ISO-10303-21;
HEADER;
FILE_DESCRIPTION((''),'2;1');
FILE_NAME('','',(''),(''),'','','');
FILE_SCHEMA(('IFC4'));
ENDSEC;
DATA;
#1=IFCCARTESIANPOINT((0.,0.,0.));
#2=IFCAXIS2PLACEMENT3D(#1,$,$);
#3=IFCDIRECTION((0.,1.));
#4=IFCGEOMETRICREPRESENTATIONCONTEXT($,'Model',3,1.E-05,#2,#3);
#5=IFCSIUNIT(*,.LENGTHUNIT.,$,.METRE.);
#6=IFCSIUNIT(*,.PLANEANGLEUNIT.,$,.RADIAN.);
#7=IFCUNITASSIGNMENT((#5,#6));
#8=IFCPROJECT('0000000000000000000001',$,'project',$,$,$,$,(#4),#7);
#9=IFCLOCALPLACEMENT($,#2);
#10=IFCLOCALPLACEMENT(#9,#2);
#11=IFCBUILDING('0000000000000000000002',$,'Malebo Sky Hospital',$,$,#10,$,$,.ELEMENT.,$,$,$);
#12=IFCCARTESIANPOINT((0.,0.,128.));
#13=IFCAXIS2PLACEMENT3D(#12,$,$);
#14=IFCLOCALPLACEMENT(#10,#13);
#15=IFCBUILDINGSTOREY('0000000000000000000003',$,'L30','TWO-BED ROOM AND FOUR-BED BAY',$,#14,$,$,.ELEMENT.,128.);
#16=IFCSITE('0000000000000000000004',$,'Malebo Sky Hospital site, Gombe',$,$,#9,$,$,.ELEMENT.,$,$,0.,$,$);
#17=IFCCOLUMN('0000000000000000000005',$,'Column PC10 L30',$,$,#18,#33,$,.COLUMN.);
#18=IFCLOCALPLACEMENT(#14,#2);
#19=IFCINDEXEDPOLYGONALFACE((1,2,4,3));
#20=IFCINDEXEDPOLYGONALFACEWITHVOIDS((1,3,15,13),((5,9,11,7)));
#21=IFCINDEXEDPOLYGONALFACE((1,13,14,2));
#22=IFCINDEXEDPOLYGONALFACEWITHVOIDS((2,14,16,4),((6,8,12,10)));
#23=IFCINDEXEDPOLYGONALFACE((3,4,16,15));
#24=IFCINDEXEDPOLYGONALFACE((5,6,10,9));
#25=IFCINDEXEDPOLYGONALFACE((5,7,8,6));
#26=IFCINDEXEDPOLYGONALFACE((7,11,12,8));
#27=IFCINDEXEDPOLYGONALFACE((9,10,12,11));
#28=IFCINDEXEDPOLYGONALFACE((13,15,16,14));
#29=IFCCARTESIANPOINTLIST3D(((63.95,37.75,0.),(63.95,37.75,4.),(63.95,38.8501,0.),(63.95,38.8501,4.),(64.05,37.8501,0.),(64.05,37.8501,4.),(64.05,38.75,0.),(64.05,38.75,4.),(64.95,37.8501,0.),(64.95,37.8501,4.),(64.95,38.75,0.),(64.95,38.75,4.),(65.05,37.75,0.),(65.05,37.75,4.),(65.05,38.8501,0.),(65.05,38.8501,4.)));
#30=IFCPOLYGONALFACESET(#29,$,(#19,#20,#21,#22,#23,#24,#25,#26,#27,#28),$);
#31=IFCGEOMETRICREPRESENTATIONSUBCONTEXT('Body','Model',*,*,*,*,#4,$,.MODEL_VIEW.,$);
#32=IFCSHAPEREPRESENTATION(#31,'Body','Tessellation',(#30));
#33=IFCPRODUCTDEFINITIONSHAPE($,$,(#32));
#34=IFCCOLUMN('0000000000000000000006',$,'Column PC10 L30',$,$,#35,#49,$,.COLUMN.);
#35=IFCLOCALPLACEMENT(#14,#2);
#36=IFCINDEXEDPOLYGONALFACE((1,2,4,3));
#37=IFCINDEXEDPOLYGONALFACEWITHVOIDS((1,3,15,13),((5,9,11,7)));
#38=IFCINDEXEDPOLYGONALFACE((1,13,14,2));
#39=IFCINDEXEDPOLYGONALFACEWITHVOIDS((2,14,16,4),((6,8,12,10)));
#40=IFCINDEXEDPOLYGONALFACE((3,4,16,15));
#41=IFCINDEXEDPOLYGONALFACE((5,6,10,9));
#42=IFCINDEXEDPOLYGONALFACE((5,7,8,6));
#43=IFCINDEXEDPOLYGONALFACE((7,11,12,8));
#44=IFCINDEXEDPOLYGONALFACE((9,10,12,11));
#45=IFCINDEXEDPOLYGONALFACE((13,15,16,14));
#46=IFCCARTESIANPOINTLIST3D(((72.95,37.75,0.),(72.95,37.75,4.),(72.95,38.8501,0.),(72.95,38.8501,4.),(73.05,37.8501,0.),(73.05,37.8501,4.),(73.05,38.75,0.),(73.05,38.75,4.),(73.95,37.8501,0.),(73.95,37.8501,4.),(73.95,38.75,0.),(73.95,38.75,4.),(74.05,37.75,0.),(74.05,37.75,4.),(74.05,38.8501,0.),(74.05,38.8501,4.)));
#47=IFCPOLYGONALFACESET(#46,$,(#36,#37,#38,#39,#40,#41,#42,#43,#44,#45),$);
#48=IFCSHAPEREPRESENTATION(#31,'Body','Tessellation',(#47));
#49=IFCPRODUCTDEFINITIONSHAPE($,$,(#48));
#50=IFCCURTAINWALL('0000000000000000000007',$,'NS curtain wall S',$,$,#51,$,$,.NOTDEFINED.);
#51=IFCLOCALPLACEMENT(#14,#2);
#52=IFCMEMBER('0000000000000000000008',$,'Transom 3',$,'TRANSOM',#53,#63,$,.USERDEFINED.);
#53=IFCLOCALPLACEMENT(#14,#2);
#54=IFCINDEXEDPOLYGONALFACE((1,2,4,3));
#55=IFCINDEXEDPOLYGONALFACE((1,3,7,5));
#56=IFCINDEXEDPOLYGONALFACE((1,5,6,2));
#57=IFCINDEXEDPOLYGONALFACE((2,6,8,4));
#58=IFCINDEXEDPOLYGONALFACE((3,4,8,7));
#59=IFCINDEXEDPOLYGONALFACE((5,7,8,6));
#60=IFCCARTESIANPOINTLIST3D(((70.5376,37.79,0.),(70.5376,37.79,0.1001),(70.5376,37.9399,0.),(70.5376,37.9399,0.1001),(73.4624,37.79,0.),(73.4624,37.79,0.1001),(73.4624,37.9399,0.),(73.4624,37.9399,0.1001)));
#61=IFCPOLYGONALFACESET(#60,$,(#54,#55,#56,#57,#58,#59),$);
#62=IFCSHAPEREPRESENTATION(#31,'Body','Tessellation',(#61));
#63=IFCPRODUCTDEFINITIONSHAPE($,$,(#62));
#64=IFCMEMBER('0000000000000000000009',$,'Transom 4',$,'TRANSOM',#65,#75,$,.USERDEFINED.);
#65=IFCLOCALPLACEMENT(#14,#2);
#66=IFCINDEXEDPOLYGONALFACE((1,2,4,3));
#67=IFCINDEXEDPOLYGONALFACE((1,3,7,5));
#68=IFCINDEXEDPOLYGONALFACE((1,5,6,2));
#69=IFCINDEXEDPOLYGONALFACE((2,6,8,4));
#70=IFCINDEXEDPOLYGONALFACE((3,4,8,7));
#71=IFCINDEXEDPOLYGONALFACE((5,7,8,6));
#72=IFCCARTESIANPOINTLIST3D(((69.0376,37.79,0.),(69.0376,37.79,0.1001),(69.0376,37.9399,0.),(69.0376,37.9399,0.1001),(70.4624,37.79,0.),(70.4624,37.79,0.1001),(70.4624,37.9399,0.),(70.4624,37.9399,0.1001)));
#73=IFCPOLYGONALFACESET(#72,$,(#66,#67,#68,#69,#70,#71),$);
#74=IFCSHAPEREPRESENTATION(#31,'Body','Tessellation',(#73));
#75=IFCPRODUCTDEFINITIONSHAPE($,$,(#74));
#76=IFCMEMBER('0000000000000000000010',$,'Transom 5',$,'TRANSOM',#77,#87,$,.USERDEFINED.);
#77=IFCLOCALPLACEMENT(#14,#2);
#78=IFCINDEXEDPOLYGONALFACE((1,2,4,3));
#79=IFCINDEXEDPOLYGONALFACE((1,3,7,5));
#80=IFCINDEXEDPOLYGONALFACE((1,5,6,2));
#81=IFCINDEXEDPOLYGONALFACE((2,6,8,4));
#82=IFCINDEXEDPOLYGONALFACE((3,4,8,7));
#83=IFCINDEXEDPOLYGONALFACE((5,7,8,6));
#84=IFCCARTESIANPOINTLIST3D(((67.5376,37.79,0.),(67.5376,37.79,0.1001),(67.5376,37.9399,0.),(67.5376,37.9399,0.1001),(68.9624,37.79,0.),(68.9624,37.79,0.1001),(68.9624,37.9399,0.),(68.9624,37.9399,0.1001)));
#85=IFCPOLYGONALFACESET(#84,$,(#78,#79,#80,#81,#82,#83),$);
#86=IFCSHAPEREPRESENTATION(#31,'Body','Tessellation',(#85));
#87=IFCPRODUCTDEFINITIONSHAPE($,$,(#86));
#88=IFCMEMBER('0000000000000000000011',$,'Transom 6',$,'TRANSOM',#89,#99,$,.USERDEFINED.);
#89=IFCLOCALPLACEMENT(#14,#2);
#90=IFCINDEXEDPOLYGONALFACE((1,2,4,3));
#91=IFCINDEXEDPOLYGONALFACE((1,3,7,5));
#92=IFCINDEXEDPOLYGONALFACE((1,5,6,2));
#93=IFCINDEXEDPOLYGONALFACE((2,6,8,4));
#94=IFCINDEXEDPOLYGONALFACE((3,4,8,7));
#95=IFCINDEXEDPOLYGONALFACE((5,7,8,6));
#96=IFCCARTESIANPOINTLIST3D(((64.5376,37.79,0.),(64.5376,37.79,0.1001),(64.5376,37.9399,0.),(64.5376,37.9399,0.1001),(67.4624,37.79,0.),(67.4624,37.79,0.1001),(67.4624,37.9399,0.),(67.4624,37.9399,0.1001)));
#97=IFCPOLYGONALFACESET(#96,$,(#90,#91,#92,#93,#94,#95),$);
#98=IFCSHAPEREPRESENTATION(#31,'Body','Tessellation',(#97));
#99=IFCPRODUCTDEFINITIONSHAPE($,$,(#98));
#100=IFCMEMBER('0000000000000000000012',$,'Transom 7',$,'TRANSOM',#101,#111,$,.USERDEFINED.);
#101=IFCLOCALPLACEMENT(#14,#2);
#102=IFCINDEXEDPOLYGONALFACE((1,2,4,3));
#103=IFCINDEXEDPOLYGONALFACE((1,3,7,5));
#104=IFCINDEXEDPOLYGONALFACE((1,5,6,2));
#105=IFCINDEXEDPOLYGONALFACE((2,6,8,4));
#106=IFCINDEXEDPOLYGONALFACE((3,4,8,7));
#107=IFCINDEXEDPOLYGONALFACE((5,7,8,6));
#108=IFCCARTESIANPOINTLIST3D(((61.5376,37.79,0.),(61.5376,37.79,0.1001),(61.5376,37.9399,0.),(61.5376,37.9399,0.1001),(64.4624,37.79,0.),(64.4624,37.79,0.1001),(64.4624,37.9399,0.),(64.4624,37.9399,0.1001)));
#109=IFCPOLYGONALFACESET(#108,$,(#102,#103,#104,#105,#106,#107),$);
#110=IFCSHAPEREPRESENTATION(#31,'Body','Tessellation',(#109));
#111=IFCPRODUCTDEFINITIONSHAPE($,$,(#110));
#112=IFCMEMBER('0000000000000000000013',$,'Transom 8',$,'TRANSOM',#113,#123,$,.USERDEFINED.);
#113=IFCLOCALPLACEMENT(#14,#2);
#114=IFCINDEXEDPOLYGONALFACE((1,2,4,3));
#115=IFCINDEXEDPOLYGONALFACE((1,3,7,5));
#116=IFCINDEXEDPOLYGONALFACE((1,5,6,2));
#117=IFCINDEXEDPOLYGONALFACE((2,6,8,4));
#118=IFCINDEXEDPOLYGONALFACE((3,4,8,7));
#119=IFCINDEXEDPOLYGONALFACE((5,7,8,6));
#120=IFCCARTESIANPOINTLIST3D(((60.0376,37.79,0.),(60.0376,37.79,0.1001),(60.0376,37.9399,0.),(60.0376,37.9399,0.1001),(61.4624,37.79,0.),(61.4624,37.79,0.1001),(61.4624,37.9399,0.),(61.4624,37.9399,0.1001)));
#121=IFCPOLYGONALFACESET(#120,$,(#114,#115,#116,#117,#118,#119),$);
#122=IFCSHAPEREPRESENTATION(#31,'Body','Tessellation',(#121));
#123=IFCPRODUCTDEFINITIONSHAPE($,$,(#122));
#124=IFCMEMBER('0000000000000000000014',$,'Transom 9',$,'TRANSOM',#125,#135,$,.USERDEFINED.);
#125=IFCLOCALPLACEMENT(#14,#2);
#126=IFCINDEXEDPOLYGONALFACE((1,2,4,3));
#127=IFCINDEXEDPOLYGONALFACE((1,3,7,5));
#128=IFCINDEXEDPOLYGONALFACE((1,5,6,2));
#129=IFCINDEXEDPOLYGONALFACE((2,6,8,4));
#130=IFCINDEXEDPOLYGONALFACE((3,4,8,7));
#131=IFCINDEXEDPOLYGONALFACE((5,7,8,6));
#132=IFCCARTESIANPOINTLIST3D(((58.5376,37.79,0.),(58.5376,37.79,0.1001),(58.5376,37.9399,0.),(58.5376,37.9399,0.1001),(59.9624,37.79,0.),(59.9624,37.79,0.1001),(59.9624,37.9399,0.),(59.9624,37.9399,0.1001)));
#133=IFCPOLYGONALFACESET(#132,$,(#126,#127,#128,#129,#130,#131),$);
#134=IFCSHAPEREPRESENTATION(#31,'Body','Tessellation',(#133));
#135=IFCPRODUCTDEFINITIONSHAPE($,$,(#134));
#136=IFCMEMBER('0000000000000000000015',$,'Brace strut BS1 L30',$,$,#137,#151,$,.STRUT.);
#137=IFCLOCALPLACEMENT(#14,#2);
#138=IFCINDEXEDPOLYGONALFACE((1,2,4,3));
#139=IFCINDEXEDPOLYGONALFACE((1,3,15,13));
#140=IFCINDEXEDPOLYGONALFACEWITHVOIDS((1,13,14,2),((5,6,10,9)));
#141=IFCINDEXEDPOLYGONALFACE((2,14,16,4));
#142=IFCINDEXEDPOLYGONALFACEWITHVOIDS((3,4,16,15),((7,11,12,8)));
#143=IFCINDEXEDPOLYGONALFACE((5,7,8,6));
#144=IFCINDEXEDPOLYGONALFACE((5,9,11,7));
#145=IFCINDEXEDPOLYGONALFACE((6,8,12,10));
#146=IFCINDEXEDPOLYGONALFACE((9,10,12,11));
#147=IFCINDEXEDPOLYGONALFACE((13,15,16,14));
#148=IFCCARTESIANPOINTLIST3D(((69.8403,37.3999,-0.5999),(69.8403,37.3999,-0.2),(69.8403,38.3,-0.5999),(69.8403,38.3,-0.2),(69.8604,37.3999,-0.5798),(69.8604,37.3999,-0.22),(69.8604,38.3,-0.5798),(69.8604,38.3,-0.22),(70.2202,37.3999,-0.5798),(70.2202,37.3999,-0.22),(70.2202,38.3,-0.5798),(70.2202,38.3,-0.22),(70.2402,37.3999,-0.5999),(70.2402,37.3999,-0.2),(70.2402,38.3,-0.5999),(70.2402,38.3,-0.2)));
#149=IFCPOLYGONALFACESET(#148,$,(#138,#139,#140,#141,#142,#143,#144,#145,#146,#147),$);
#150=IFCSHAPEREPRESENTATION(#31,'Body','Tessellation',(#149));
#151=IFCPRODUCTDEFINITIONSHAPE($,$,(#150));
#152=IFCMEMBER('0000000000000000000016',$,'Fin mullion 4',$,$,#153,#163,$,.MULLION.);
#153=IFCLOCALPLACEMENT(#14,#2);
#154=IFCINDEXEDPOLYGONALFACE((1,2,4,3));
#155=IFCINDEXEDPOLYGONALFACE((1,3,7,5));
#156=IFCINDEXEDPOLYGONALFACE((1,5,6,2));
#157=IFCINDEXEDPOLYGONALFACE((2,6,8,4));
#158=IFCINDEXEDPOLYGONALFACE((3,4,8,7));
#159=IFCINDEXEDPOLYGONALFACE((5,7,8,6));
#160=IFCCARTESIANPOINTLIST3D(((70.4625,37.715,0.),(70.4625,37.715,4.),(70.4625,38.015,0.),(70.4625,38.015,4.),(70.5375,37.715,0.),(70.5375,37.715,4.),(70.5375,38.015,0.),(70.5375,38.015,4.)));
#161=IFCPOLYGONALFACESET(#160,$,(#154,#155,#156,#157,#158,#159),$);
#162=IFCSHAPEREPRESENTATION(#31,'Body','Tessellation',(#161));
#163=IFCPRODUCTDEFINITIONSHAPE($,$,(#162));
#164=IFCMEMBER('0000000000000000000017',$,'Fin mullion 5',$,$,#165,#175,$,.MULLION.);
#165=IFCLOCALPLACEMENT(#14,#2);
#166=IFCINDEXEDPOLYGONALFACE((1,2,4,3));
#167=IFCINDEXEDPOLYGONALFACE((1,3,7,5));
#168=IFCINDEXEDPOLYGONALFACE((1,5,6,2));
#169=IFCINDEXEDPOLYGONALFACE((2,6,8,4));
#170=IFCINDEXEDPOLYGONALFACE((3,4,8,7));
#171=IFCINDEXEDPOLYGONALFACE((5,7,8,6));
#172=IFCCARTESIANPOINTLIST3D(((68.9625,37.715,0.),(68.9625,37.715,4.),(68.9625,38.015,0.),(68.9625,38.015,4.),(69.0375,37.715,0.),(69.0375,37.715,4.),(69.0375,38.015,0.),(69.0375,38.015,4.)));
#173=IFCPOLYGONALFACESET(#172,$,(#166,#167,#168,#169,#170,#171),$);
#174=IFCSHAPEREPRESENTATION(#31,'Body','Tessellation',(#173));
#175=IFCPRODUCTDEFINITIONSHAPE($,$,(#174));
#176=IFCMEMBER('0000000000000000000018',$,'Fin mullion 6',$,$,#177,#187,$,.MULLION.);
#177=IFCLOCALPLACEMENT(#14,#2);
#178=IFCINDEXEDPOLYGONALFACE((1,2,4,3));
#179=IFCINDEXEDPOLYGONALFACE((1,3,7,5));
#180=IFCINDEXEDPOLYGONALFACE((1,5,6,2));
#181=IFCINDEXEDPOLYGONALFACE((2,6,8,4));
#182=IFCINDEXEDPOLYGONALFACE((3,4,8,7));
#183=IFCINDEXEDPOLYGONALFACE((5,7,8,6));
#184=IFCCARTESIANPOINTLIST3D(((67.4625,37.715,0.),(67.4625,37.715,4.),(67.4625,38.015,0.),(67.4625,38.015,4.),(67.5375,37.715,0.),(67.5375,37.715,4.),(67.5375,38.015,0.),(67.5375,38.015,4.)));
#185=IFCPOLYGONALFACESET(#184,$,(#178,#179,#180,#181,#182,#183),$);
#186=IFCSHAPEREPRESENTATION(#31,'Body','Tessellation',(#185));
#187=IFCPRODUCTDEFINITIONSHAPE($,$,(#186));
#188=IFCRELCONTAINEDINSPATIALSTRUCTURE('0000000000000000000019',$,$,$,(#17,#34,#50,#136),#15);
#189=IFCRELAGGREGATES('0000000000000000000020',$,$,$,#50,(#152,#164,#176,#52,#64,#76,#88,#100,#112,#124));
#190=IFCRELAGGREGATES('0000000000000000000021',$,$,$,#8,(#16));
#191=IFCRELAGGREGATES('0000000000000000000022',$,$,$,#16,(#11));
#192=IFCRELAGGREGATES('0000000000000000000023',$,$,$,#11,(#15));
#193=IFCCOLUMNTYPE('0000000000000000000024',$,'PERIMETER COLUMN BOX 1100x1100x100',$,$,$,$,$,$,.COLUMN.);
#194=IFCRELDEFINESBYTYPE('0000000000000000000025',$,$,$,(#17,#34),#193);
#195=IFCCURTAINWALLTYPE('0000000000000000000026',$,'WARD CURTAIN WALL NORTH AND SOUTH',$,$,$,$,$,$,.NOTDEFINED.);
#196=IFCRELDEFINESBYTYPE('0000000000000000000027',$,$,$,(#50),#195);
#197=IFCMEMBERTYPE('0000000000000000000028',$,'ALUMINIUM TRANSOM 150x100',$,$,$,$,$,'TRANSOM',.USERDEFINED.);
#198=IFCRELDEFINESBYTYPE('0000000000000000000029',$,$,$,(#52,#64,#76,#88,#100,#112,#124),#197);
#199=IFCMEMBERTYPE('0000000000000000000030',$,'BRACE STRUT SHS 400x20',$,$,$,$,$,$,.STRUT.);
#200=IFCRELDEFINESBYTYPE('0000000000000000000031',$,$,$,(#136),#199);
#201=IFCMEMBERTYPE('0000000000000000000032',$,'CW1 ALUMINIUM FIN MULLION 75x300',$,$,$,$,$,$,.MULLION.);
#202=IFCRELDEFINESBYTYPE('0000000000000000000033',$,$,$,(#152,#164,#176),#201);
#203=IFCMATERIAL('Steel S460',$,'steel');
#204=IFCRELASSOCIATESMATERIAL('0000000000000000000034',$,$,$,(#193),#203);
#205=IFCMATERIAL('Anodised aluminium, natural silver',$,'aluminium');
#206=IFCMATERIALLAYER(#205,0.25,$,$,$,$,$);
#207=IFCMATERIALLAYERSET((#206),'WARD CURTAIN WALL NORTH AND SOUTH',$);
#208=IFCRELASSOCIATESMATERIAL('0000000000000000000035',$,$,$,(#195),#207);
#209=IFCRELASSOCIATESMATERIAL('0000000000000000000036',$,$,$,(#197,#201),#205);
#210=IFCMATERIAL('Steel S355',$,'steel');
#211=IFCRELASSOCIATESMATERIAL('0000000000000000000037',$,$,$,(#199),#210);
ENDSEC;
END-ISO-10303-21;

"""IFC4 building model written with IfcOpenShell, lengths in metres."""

from ifc_helpers import new_model, si_unit, direction, frame, origin, origin_2d, place, context, subcontext, project, spatial, rectangle, hollow_rectangle, extrude, material, layer, layer_set, material_profile, profile_set, type_object, element, aggregate, save


model = new_model("IFC4")

# Units and contexts
model_context = context("Model", 3, precision=1e-05, world=origin(), true_north=direction((0.0, 1.0)))
body_context = subcontext(model_context, "Body", "Model", "MODEL_VIEW")
ifc_project = project(units=[si_unit("LENGTHUNIT", "METRE"), si_unit("PLANEANGLEUNIT", "RADIAN")], contexts=[model_context])

# Site, building, storey
site_placement = place(None, origin())
site = spatial("IfcSite", under=ifc_project, at=site_placement, Name="Malebo Sky Hospital site, Gombe", CompositionType="ELEMENT", RefElevation=0.0)
building_placement = place(site_placement, origin())
building = spatial("IfcBuilding", under=site, at=building_placement, Name="Malebo Sky Hospital", CompositionType="ELEMENT")
storey_placement = place(building_placement, frame((0.0, 0.0, 128.0)))
storey = spatial("IfcBuildingStorey", under=building, at=storey_placement, Name="L30", Description="TWO-BED ROOM AND FOUR-BED BAY", CompositionType="ELEMENT", Elevation=128.0)

# Columns
ifc_material_1 = material(Name="Steel S460", Category="steel")
ifc_material_profile_1 = material_profile(ifc_material_1, hollow_rectangle(XDim=1.1001, YDim=1.1001, WallThickness=0.1001, at=origin_2d()), Name="BOX 1100x1100x100")
ifc_profile_set_1 = profile_set([ifc_material_profile_1], Name="Steel S460")
column_type = type_object("IfcColumnType", Name="PERIMETER COLUMN BOX 1100x1100x100", PredefinedType="COLUMN", material=ifc_profile_set_1)
for number, where, z_axis, x_axis, name in (
    (1, (64.5, 38.3, 0.0), (0.0, 0.0, 1.0), (1.0, 0.0, 0.0), "Column PC10 L30"),
    (2, (73.5, 38.3, 0.0), (0.0, 0.0, 1.0), (1.0, 0.0, 0.0), "Column PC10 L30"),
):
    element("IfcColumn", number, at=place(storey_placement, frame(where, z_axis=z_axis, x_axis=x_axis)), inside=storey, type_object=column_type, Name=name, PredefinedType="COLUMN", context=body_context, shape_type="SweptSolid", body=[
        extrude(hollow_rectangle(XDim=1.1001, YDim=1.1001, WallThickness=0.1001, at=origin_2d()), origin(), (0.0, 0.0, 1.0), 4.0),
    ])

# Curtain wall, members
ifc_material_2 = material(Name="Anodised aluminium, natural silver", Category="aluminium")
ifc_layer_1 = layer(ifc_material_2, 0.25)
ifc_layer_set_1 = layer_set([ifc_layer_1], Name="WARD CURTAIN WALL NORTH AND SOUTH")
curtain_wall_type = type_object("IfcCurtainWallType", Name="WARD CURTAIN WALL NORTH AND SOUTH", PredefinedType="NOTDEFINED", material=ifc_layer_set_1)
curtain_wall_placement = place(storey_placement, origin())
curtain_wall = element("IfcCurtainWall", 3, at=curtain_wall_placement, inside=storey, type_object=curtain_wall_type, Name="NS curtain wall S", PredefinedType="NOTDEFINED")
ifc_material_profile_2 = material_profile(ifc_material_2, rectangle(XDim=0.1499, YDim=0.1001, at=origin_2d()), Name="ALUMINIUM TRANSOM 150x100")
ifc_profile_set_2 = profile_set([ifc_material_profile_2], Name="Anodised aluminium, natural silver")
member_type_1 = type_object("IfcMemberType", Name="ALUMINIUM TRANSOM 150x100", ElementType="TRANSOM", PredefinedType="USERDEFINED", material=ifc_profile_set_2)
member_1_placement = place(storey_placement, frame((73.4624, 37.865, 0.05), z_axis=(-1.0, 0.0, 0.0), x_axis=(0.0, -1.0, 0.0)))
member_1 = element("IfcMember", 4, at=member_1_placement, type_object=member_type_1, Name="Transom 3", ObjectType="TRANSOM", PredefinedType="USERDEFINED", context=body_context, shape_type="SweptSolid", body=[
    extrude(rectangle(XDim=0.1499, YDim=0.1001, at=origin_2d()), origin(), (0.0, 0.0, 1.0), 2.9248),
])
member_2_placement = place(storey_placement, frame((70.4624, 37.865, 0.05), z_axis=(-1.0, 0.0, 0.0), x_axis=(0.0, -1.0, 0.0)))
member_2 = element("IfcMember", 5, at=member_2_placement, type_object=member_type_1, Name="Transom 4", ObjectType="TRANSOM", PredefinedType="USERDEFINED", context=body_context, shape_type="SweptSolid", body=[
    extrude(rectangle(XDim=0.1499, YDim=0.1001, at=origin_2d()), origin(), (0.0, 0.0, 1.0), 1.4248),
])
member_3_placement = place(storey_placement, frame((68.9624, 37.865, 0.05), z_axis=(-1.0, 0.0, 0.0), x_axis=(0.0, -1.0, 0.0)))
member_3 = element("IfcMember", 6, at=member_3_placement, type_object=member_type_1, Name="Transom 5", ObjectType="TRANSOM", PredefinedType="USERDEFINED", context=body_context, shape_type="SweptSolid", body=[
    extrude(rectangle(XDim=0.1499, YDim=0.1001, at=origin_2d()), origin(), (0.0, 0.0, 1.0), 1.4248),
])
member_4_placement = place(storey_placement, frame((67.4624, 37.865, 0.05), z_axis=(-1.0, 0.0, 0.0), x_axis=(0.0, -1.0, 0.0)))
member_4 = element("IfcMember", 7, at=member_4_placement, type_object=member_type_1, Name="Transom 6", ObjectType="TRANSOM", PredefinedType="USERDEFINED", context=body_context, shape_type="SweptSolid", body=[
    extrude(rectangle(XDim=0.1499, YDim=0.1001, at=origin_2d()), origin(), (0.0, 0.0, 1.0), 2.9248),
])
member_5_placement = place(storey_placement, frame((64.4624, 37.865, 0.05), z_axis=(-1.0, 0.0, 0.0), x_axis=(0.0, -1.0, 0.0)))
member_5 = element("IfcMember", 8, at=member_5_placement, type_object=member_type_1, Name="Transom 7", ObjectType="TRANSOM", PredefinedType="USERDEFINED", context=body_context, shape_type="SweptSolid", body=[
    extrude(rectangle(XDim=0.1499, YDim=0.1001, at=origin_2d()), origin(), (0.0, 0.0, 1.0), 2.9248),
])
member_6_placement = place(storey_placement, frame((61.4624, 37.865, 0.05), z_axis=(-1.0, 0.0, 0.0), x_axis=(0.0, -1.0, 0.0)))
member_6 = element("IfcMember", 9, at=member_6_placement, type_object=member_type_1, Name="Transom 8", ObjectType="TRANSOM", PredefinedType="USERDEFINED", context=body_context, shape_type="SweptSolid", body=[
    extrude(rectangle(XDim=0.1499, YDim=0.1001, at=origin_2d()), origin(), (0.0, 0.0, 1.0), 1.4248),
])
member_7_placement = place(storey_placement, frame((59.9624, 37.865, 0.05), z_axis=(-1.0, 0.0, 0.0), x_axis=(0.0, -1.0, 0.0)))
member_7 = element("IfcMember", 10, at=member_7_placement, type_object=member_type_1, Name="Transom 9", ObjectType="TRANSOM", PredefinedType="USERDEFINED", context=body_context, shape_type="SweptSolid", body=[
    extrude(rectangle(XDim=0.1499, YDim=0.1001, at=origin_2d()), origin(), (0.0, 0.0, 1.0), 1.4248),
])

# Members
ifc_material_3 = material(Name="Steel S355", Category="steel")
ifc_material_profile_3 = material_profile(ifc_material_3, hollow_rectangle(XDim=0.3999, YDim=0.3999, WallThickness=0.02, at=origin_2d()), Name="SHS 400x20")
ifc_profile_set_3 = profile_set([ifc_material_profile_3], Name="Steel S355")
member_type_2 = type_object("IfcMemberType", Name="BRACE STRUT SHS 400x20", PredefinedType="STRUT", material=ifc_profile_set_3)
member_8_placement = place(storey_placement, frame((70.0403, 37.3999, -0.3999), z_axis=(0.0, 1.0, 0.0), x_axis=(-1.0, 0.0, 0.0)))
element("IfcMember", 11, at=member_8_placement, inside=storey, type_object=member_type_2, Name="Brace strut BS1 L30", PredefinedType="STRUT", context=body_context, shape_type="SweptSolid", body=[
    extrude(hollow_rectangle(XDim=0.3999, YDim=0.3999, WallThickness=0.02, at=origin_2d()), origin(), (0.0, 0.0, 1.0), 0.9001),
])
ifc_material_profile_4 = material_profile(ifc_material_2, rectangle(XDim=0.075, YDim=0.3, at=origin_2d()), Name="CW1 ALUMINIUM FIN MULLION 75x300")
ifc_profile_set_4 = profile_set([ifc_material_profile_4], Name="Anodised aluminium, natural silver")
member_type_3 = type_object("IfcMemberType", Name="CW1 ALUMINIUM FIN MULLION 75x300", PredefinedType="MULLION", material=ifc_profile_set_4)
member_9_placement = place(storey_placement, frame((70.5, 37.865, 0.0), z_axis=(0.0, 0.0, 1.0), x_axis=(-1.0, 0.0, 0.0)))
member_9 = element("IfcMember", 12, at=member_9_placement, type_object=member_type_3, Name="Fin mullion 4", PredefinedType="MULLION", context=body_context, shape_type="SweptSolid", body=[
    extrude(rectangle(XDim=0.075, YDim=0.3, at=origin_2d()), origin(), (0.0, 0.0, 1.0), 4.0),
])
member_10_placement = place(storey_placement, frame((69.0, 37.865, 0.0), z_axis=(0.0, 0.0, 1.0), x_axis=(-1.0, 0.0, 0.0)))
member_10 = element("IfcMember", 13, at=member_10_placement, type_object=member_type_3, Name="Fin mullion 5", PredefinedType="MULLION", context=body_context, shape_type="SweptSolid", body=[
    extrude(rectangle(XDim=0.075, YDim=0.3, at=origin_2d()), origin(), (0.0, 0.0, 1.0), 4.0),
])
member_11_placement = place(storey_placement, frame((67.5, 37.865, 0.0), z_axis=(0.0, 0.0, 1.0), x_axis=(-1.0, 0.0, 0.0)))
member_11 = element("IfcMember", 14, at=member_11_placement, type_object=member_type_3, Name="Fin mullion 6", PredefinedType="MULLION", context=body_context, shape_type="SweptSolid", body=[
    extrude(rectangle(XDim=0.075, YDim=0.3, at=origin_2d()), origin(), (0.0, 0.0, 1.0), 4.0),
])

aggregate(curtain_wall, [member_9, member_10, member_11, member_1, member_2, member_3, member_4, member_5, member_6, member_7])

save(model, "model.ifc")
